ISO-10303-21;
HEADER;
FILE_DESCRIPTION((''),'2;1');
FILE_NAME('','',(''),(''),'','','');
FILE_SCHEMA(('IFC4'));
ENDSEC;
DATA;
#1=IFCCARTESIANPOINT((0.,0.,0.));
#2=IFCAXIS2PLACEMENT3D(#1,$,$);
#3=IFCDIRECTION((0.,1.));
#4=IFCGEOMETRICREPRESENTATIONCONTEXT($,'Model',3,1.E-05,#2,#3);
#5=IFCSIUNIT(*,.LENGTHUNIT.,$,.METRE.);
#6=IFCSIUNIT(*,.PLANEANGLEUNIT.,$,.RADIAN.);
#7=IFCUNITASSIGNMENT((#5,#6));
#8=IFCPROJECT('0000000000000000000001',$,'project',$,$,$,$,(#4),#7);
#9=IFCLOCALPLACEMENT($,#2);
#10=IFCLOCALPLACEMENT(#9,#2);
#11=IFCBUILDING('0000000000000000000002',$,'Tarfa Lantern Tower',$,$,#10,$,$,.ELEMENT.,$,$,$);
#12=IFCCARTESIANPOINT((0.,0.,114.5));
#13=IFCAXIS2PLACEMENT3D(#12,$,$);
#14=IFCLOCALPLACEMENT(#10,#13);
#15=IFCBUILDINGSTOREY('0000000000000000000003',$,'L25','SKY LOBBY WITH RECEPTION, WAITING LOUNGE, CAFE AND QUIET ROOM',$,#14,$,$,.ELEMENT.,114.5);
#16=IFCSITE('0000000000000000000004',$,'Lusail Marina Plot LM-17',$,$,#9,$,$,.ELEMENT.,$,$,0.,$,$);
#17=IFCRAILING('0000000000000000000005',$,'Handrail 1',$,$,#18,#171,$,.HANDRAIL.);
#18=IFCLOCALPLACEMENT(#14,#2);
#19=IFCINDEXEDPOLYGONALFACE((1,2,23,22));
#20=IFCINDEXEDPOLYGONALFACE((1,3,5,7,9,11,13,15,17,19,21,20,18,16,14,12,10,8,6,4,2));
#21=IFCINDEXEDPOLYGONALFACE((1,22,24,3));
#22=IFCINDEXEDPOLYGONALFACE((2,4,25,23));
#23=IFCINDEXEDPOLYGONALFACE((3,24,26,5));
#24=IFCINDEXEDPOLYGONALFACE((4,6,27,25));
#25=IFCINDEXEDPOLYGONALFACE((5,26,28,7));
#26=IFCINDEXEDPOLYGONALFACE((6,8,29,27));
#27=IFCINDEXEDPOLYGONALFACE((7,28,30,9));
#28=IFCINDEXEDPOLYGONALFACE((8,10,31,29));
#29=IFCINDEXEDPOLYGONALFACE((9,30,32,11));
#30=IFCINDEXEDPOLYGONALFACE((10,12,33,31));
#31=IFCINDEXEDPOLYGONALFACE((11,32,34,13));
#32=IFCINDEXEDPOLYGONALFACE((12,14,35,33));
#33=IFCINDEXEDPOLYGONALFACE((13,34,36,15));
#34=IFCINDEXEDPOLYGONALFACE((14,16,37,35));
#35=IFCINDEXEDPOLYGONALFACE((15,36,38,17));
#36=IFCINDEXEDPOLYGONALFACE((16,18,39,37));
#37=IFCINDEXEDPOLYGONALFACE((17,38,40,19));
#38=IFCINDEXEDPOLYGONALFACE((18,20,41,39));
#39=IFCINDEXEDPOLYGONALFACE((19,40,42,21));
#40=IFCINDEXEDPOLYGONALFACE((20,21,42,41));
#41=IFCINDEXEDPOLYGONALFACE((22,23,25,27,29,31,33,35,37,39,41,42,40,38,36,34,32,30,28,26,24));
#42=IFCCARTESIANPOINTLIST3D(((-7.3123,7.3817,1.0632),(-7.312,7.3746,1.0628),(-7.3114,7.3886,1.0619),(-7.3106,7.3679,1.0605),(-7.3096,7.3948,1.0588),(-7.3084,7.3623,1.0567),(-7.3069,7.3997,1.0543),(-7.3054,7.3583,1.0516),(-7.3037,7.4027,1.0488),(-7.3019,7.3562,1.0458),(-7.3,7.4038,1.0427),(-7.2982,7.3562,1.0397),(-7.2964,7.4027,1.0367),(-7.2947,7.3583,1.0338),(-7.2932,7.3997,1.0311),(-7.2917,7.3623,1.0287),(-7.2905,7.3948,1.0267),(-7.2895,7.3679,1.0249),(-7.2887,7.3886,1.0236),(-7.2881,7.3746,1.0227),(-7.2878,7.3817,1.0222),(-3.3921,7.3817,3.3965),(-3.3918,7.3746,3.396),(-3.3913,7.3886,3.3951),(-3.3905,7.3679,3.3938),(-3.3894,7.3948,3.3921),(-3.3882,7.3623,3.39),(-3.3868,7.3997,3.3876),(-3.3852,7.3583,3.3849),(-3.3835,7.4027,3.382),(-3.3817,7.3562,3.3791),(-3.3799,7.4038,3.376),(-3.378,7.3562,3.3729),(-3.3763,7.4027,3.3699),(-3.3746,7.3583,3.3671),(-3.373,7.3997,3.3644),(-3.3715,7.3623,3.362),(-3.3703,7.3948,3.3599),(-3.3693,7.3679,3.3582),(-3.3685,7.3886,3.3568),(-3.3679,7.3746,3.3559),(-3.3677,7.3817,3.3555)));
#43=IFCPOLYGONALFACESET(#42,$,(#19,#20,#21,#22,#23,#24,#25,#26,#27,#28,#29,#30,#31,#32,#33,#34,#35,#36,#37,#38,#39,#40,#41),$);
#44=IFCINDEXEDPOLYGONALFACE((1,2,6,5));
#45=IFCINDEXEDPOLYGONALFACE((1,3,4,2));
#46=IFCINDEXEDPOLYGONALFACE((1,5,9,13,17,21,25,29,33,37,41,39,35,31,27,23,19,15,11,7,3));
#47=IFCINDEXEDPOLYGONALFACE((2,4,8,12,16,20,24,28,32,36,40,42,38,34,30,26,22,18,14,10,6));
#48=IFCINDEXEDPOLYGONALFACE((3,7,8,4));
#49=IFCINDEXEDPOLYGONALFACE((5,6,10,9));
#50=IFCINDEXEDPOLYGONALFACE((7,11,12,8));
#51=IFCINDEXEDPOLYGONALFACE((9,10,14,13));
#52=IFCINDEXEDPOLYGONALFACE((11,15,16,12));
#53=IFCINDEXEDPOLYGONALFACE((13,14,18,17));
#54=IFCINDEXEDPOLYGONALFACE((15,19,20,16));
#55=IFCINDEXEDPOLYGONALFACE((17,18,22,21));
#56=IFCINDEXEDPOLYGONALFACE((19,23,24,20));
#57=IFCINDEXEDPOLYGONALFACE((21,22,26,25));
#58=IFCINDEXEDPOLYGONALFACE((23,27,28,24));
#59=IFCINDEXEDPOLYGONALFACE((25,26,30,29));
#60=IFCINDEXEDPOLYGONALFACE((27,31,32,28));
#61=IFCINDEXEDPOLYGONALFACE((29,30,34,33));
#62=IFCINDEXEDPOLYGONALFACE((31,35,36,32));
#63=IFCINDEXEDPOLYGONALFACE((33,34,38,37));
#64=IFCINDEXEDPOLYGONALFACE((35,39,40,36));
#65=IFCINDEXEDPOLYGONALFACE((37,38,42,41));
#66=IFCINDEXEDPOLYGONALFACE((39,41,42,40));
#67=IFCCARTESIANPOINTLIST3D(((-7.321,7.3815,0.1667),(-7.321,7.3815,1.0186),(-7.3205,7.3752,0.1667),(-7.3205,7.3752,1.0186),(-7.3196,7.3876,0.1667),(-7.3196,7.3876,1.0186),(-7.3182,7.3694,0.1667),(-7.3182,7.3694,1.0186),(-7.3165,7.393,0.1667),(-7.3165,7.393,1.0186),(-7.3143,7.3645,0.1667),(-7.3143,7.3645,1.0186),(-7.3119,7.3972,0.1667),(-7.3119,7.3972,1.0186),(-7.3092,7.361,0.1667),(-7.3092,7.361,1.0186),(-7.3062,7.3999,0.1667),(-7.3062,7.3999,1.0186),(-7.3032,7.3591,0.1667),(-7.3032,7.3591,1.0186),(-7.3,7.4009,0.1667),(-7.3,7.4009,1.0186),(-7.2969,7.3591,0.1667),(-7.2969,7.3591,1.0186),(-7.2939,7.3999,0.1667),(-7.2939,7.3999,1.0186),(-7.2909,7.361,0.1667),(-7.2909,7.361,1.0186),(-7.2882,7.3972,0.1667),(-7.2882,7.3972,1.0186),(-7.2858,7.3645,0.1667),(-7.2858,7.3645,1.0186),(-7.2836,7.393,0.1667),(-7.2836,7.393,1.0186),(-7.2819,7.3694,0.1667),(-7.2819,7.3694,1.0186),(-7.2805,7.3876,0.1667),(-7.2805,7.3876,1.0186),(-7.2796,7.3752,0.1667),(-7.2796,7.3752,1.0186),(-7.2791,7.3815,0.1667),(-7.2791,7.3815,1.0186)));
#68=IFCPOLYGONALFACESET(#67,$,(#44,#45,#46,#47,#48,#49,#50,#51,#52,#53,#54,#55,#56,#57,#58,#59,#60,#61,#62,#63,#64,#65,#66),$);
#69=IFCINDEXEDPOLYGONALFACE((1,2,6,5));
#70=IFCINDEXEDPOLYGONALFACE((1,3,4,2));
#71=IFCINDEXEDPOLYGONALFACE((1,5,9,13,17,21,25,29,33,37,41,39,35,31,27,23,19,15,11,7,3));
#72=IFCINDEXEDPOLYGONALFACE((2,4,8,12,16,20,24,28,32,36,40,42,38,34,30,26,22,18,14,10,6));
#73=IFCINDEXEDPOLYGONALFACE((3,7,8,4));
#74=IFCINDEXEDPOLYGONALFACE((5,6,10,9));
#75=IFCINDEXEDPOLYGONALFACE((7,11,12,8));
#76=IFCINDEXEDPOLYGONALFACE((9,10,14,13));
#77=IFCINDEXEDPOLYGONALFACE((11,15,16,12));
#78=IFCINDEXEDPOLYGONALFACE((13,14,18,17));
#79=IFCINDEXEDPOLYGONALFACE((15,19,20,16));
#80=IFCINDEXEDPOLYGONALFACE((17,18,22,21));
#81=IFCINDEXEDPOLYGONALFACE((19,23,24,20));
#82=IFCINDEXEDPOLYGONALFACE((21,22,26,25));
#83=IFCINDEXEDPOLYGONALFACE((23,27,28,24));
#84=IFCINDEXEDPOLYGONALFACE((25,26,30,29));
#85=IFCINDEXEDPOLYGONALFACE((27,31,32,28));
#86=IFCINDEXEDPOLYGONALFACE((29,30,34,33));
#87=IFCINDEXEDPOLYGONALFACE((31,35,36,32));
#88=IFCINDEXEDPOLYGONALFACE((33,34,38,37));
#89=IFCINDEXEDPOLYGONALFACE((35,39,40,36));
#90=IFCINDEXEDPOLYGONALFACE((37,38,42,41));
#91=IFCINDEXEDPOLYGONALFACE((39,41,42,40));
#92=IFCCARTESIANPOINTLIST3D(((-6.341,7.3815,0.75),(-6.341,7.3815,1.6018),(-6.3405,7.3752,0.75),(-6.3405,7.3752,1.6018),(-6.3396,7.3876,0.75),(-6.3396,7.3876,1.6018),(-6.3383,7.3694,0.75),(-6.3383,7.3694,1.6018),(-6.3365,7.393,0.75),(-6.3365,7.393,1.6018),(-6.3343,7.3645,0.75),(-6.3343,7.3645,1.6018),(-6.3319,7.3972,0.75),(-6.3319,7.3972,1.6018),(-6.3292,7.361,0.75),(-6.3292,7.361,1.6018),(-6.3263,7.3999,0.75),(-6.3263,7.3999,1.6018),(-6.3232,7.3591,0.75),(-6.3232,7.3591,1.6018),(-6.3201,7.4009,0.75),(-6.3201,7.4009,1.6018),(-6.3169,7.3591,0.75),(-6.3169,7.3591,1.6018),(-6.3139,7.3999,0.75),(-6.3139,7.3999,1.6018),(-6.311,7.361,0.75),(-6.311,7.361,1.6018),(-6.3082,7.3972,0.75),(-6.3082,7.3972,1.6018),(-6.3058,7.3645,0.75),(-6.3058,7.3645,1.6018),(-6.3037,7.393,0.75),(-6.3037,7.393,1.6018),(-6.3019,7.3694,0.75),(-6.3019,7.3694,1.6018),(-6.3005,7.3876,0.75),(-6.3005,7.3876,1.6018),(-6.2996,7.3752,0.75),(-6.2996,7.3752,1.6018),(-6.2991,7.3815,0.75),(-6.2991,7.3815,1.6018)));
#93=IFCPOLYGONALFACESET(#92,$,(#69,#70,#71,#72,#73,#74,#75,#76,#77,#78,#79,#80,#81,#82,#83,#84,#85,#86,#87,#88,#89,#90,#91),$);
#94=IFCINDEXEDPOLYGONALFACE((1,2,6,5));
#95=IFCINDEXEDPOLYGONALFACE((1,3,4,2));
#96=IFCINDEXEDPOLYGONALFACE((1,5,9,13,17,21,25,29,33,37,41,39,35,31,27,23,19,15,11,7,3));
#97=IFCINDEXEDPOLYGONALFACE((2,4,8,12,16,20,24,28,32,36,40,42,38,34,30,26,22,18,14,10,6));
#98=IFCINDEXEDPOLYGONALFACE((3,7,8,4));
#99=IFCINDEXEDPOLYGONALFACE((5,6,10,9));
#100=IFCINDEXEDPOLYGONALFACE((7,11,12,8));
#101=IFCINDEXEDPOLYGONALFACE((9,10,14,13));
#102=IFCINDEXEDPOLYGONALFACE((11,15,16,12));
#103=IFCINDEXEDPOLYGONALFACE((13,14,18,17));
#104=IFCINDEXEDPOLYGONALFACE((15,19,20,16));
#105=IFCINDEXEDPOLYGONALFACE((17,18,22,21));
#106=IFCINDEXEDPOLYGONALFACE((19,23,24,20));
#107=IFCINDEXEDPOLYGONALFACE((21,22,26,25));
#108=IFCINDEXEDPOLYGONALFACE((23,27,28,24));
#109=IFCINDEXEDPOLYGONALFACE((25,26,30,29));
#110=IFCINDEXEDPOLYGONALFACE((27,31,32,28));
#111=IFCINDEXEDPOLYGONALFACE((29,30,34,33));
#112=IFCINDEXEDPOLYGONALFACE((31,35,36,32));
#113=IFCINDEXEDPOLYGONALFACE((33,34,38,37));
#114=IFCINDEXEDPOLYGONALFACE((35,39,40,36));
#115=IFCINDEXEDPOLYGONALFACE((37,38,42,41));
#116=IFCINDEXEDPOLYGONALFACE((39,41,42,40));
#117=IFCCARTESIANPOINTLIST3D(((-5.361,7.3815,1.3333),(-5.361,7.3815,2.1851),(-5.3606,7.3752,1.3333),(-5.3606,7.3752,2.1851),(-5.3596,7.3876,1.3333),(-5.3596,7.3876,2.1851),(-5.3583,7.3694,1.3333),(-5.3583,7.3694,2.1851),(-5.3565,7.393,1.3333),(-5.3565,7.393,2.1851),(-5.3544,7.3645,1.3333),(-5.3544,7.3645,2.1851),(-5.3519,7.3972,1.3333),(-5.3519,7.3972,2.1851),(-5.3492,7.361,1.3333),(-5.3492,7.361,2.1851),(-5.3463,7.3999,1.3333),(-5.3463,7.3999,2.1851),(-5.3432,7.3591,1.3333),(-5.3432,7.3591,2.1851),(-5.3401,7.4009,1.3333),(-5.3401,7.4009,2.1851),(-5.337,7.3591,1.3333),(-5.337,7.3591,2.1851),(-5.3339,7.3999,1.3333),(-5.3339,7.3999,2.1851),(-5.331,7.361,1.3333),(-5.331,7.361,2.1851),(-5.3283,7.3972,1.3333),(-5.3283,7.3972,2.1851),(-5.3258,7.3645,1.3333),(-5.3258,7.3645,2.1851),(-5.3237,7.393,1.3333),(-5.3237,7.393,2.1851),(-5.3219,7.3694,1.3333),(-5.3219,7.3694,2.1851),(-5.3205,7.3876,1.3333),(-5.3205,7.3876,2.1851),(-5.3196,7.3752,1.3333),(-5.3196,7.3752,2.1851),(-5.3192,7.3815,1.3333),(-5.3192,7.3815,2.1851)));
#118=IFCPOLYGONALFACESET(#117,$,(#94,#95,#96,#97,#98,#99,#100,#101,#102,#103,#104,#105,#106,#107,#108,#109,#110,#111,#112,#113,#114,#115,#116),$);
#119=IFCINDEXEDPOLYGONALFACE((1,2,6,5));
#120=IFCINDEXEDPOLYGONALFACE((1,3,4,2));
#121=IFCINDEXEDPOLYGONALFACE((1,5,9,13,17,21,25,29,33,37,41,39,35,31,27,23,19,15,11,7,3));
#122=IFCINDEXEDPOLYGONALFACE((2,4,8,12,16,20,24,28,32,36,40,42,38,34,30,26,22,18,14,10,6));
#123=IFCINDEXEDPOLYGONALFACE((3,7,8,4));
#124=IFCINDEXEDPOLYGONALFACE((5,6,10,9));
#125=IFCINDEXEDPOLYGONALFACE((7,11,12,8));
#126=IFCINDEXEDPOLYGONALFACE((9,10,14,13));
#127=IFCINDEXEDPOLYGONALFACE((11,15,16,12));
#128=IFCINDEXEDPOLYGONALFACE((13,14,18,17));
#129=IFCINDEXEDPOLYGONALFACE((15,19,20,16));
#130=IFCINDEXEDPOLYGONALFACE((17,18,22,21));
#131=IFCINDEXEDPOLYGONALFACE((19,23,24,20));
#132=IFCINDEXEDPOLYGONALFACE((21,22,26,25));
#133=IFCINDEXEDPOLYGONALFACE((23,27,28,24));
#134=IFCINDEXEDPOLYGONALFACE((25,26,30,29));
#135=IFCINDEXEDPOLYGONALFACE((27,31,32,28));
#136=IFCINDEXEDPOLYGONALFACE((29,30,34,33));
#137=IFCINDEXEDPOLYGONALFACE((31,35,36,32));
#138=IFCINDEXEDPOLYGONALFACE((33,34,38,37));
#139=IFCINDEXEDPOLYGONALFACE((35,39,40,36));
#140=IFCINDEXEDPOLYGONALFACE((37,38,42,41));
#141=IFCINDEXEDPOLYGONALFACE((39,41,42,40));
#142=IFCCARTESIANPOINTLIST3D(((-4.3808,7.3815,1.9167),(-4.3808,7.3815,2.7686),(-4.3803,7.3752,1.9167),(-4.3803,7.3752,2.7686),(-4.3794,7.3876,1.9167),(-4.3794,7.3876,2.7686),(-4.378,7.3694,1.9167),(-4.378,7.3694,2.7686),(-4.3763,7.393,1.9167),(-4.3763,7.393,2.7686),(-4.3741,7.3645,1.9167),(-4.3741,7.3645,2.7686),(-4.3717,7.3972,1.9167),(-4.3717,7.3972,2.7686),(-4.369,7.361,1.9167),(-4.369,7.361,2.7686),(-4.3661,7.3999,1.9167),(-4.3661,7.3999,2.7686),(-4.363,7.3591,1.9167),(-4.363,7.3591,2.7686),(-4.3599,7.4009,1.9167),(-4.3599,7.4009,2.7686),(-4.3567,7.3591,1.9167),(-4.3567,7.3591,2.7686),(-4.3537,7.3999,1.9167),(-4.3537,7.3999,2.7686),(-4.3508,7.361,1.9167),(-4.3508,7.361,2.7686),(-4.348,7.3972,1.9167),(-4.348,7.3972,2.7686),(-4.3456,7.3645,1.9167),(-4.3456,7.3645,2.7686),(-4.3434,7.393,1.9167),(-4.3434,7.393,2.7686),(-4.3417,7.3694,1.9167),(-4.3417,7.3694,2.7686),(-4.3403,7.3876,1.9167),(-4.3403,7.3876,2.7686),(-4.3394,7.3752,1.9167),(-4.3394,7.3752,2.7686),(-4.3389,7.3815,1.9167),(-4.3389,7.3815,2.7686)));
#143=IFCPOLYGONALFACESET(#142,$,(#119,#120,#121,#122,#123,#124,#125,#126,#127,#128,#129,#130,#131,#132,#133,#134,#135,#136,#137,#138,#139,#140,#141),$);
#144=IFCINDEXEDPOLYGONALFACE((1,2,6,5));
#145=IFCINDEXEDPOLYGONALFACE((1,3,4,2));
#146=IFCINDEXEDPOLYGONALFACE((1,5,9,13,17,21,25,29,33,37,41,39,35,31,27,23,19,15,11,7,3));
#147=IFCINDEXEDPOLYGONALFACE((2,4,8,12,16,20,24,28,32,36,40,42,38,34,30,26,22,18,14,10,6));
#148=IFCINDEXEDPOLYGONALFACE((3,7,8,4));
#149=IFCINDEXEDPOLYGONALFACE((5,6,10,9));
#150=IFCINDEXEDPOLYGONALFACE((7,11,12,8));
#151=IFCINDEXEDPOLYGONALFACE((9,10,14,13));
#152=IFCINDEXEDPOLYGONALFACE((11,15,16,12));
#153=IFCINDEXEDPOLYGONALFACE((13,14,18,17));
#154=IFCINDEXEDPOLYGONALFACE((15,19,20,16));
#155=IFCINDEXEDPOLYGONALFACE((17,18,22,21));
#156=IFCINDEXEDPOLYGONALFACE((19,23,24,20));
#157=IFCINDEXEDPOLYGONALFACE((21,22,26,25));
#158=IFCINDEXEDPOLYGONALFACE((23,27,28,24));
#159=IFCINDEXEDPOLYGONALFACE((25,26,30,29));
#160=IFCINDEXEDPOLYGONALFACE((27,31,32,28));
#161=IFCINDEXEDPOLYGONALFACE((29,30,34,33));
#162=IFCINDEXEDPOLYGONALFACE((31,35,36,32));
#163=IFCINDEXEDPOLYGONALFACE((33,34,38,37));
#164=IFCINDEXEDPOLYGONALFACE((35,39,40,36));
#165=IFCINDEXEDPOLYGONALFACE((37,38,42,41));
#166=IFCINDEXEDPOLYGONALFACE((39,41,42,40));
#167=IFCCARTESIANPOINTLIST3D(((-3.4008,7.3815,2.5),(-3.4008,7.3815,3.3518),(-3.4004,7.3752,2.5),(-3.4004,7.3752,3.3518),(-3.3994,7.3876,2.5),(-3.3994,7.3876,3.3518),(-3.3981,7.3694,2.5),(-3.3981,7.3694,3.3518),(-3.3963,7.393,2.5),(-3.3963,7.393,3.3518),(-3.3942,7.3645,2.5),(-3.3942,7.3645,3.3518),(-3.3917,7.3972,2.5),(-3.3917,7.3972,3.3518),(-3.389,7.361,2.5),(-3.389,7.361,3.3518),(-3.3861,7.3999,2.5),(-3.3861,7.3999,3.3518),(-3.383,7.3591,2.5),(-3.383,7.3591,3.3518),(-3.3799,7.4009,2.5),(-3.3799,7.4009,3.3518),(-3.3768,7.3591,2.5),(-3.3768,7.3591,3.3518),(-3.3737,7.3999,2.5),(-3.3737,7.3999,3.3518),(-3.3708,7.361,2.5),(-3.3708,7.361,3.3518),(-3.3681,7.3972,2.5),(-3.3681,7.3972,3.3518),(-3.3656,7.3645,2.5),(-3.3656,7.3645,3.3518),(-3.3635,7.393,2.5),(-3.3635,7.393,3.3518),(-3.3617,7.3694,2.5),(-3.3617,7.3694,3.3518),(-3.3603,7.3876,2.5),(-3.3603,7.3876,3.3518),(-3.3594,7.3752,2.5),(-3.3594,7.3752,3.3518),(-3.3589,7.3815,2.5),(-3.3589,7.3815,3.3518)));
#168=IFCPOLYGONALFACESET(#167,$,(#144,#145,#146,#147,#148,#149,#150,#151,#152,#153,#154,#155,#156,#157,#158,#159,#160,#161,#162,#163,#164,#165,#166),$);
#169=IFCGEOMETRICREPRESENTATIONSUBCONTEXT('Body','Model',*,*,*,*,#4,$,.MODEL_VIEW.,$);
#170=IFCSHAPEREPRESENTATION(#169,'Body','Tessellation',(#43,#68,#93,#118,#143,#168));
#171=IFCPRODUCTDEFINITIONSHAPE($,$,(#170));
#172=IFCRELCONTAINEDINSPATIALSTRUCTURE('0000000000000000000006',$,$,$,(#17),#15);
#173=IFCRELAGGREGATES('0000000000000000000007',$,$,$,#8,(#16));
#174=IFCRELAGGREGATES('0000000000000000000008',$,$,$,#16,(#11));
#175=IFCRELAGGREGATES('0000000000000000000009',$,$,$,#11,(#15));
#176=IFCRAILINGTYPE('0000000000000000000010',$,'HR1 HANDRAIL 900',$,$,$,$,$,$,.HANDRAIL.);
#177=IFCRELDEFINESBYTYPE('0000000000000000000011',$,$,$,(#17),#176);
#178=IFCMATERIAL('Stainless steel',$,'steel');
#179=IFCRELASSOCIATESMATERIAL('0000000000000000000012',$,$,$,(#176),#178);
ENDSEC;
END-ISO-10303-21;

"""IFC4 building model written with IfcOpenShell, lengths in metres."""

from ifc_helpers import new_model, si_unit, direction, frame, origin, origin_2d, place, context, subcontext, project, spatial, circle, extrude, material, type_object, element, save


model = new_model("IFC4")

# Units and contexts
model_context = context("Model", 3, precision=1e-05, world=origin(), true_north=direction((0.0, 1.0)))
body_context = subcontext(model_context, "Body", "Model", "MODEL_VIEW")
ifc_project = project(units=[si_unit("LENGTHUNIT", "METRE"), si_unit("PLANEANGLEUNIT", "RADIAN")], contexts=[model_context])

# Site, building, storey
site_placement = place(None, origin())
site = spatial("IfcSite", under=ifc_project, at=site_placement, Name="Lusail Marina Plot LM-17", CompositionType="ELEMENT", RefElevation=0.0)
building_placement = place(site_placement, origin())
building = spatial("IfcBuilding", under=site, at=building_placement, Name="Tarfa Lantern Tower", CompositionType="ELEMENT")
storey_placement = place(building_placement, frame((0.0, 0.0, 114.5)))
storey = spatial("IfcBuildingStorey", under=building, at=storey_placement, Name="L25", Description="SKY LOBBY WITH RECEPTION, WAITING LOUNGE, CAFE AND QUIET ROOM", CompositionType="ELEMENT", Elevation=114.5)

# Railing
ifc_material_1 = material(Name="Stainless steel", Category="steel")
railing_type = type_object("IfcRailingType", Name="HR1 HANDRAIL 900", PredefinedType="HANDRAIL", material=ifc_material_1)
railing_1_placement = place(storey_placement, frame((-7.3, 7.3799, 0.1667)))
element("IfcRailing", 1, at=railing_1_placement, inside=storey, type_object=railing_type, Name="Handrail 1", PredefinedType="HANDRAIL", context=body_context, shape_type="SweptSolid", body=[
    extrude(circle(Radius=0.0239, at=origin_2d()), frame((0.0, 0.0, 0.876), z_axis=(0.85931, 0.0, 0.511455), x_axis=(0.0, 1.0, 0.0)), (0.0, 0.0, 1.0), 4.562),
    extrude(circle(Radius=0.021, at=origin_2d()), frame((0.0, 0.0, 0.0), z_axis=(0.0, 0.0, 1.0), x_axis=(0.0, 1.0, 0.0)), (0.0, 0.0, 1.0), 0.8518),
    extrude(circle(Radius=0.021, at=origin_2d()), frame((0.98, 0.0, 0.5833), z_axis=(0.0, 0.0, 1.0), x_axis=(0.0, 1.0, 0.0)), (0.0, 0.0, 1.0), 0.8518),
    extrude(circle(Radius=0.021, at=origin_2d()), frame((1.96, 0.0, 1.1665), z_axis=(0.0, 0.0, 1.0), x_axis=(0.0, 1.0, 0.0)), (0.0, 0.0, 1.0), 0.8518),
    extrude(circle(Radius=0.021, at=origin_2d()), frame((2.9402, 0.0, 1.75), z_axis=(0.0, 0.0, 1.0), x_axis=(0.0, 1.0, 0.0)), (0.0, 0.0, 1.0), 0.8518),
    extrude(circle(Radius=0.021, at=origin_2d()), frame((3.9202, 0.0, 2.3333), z_axis=(0.0, 0.0, 1.0), x_axis=(0.0, 1.0, 0.0)), (0.0, 0.0, 1.0), 0.8518),
])

save(model, "model.ifc")
